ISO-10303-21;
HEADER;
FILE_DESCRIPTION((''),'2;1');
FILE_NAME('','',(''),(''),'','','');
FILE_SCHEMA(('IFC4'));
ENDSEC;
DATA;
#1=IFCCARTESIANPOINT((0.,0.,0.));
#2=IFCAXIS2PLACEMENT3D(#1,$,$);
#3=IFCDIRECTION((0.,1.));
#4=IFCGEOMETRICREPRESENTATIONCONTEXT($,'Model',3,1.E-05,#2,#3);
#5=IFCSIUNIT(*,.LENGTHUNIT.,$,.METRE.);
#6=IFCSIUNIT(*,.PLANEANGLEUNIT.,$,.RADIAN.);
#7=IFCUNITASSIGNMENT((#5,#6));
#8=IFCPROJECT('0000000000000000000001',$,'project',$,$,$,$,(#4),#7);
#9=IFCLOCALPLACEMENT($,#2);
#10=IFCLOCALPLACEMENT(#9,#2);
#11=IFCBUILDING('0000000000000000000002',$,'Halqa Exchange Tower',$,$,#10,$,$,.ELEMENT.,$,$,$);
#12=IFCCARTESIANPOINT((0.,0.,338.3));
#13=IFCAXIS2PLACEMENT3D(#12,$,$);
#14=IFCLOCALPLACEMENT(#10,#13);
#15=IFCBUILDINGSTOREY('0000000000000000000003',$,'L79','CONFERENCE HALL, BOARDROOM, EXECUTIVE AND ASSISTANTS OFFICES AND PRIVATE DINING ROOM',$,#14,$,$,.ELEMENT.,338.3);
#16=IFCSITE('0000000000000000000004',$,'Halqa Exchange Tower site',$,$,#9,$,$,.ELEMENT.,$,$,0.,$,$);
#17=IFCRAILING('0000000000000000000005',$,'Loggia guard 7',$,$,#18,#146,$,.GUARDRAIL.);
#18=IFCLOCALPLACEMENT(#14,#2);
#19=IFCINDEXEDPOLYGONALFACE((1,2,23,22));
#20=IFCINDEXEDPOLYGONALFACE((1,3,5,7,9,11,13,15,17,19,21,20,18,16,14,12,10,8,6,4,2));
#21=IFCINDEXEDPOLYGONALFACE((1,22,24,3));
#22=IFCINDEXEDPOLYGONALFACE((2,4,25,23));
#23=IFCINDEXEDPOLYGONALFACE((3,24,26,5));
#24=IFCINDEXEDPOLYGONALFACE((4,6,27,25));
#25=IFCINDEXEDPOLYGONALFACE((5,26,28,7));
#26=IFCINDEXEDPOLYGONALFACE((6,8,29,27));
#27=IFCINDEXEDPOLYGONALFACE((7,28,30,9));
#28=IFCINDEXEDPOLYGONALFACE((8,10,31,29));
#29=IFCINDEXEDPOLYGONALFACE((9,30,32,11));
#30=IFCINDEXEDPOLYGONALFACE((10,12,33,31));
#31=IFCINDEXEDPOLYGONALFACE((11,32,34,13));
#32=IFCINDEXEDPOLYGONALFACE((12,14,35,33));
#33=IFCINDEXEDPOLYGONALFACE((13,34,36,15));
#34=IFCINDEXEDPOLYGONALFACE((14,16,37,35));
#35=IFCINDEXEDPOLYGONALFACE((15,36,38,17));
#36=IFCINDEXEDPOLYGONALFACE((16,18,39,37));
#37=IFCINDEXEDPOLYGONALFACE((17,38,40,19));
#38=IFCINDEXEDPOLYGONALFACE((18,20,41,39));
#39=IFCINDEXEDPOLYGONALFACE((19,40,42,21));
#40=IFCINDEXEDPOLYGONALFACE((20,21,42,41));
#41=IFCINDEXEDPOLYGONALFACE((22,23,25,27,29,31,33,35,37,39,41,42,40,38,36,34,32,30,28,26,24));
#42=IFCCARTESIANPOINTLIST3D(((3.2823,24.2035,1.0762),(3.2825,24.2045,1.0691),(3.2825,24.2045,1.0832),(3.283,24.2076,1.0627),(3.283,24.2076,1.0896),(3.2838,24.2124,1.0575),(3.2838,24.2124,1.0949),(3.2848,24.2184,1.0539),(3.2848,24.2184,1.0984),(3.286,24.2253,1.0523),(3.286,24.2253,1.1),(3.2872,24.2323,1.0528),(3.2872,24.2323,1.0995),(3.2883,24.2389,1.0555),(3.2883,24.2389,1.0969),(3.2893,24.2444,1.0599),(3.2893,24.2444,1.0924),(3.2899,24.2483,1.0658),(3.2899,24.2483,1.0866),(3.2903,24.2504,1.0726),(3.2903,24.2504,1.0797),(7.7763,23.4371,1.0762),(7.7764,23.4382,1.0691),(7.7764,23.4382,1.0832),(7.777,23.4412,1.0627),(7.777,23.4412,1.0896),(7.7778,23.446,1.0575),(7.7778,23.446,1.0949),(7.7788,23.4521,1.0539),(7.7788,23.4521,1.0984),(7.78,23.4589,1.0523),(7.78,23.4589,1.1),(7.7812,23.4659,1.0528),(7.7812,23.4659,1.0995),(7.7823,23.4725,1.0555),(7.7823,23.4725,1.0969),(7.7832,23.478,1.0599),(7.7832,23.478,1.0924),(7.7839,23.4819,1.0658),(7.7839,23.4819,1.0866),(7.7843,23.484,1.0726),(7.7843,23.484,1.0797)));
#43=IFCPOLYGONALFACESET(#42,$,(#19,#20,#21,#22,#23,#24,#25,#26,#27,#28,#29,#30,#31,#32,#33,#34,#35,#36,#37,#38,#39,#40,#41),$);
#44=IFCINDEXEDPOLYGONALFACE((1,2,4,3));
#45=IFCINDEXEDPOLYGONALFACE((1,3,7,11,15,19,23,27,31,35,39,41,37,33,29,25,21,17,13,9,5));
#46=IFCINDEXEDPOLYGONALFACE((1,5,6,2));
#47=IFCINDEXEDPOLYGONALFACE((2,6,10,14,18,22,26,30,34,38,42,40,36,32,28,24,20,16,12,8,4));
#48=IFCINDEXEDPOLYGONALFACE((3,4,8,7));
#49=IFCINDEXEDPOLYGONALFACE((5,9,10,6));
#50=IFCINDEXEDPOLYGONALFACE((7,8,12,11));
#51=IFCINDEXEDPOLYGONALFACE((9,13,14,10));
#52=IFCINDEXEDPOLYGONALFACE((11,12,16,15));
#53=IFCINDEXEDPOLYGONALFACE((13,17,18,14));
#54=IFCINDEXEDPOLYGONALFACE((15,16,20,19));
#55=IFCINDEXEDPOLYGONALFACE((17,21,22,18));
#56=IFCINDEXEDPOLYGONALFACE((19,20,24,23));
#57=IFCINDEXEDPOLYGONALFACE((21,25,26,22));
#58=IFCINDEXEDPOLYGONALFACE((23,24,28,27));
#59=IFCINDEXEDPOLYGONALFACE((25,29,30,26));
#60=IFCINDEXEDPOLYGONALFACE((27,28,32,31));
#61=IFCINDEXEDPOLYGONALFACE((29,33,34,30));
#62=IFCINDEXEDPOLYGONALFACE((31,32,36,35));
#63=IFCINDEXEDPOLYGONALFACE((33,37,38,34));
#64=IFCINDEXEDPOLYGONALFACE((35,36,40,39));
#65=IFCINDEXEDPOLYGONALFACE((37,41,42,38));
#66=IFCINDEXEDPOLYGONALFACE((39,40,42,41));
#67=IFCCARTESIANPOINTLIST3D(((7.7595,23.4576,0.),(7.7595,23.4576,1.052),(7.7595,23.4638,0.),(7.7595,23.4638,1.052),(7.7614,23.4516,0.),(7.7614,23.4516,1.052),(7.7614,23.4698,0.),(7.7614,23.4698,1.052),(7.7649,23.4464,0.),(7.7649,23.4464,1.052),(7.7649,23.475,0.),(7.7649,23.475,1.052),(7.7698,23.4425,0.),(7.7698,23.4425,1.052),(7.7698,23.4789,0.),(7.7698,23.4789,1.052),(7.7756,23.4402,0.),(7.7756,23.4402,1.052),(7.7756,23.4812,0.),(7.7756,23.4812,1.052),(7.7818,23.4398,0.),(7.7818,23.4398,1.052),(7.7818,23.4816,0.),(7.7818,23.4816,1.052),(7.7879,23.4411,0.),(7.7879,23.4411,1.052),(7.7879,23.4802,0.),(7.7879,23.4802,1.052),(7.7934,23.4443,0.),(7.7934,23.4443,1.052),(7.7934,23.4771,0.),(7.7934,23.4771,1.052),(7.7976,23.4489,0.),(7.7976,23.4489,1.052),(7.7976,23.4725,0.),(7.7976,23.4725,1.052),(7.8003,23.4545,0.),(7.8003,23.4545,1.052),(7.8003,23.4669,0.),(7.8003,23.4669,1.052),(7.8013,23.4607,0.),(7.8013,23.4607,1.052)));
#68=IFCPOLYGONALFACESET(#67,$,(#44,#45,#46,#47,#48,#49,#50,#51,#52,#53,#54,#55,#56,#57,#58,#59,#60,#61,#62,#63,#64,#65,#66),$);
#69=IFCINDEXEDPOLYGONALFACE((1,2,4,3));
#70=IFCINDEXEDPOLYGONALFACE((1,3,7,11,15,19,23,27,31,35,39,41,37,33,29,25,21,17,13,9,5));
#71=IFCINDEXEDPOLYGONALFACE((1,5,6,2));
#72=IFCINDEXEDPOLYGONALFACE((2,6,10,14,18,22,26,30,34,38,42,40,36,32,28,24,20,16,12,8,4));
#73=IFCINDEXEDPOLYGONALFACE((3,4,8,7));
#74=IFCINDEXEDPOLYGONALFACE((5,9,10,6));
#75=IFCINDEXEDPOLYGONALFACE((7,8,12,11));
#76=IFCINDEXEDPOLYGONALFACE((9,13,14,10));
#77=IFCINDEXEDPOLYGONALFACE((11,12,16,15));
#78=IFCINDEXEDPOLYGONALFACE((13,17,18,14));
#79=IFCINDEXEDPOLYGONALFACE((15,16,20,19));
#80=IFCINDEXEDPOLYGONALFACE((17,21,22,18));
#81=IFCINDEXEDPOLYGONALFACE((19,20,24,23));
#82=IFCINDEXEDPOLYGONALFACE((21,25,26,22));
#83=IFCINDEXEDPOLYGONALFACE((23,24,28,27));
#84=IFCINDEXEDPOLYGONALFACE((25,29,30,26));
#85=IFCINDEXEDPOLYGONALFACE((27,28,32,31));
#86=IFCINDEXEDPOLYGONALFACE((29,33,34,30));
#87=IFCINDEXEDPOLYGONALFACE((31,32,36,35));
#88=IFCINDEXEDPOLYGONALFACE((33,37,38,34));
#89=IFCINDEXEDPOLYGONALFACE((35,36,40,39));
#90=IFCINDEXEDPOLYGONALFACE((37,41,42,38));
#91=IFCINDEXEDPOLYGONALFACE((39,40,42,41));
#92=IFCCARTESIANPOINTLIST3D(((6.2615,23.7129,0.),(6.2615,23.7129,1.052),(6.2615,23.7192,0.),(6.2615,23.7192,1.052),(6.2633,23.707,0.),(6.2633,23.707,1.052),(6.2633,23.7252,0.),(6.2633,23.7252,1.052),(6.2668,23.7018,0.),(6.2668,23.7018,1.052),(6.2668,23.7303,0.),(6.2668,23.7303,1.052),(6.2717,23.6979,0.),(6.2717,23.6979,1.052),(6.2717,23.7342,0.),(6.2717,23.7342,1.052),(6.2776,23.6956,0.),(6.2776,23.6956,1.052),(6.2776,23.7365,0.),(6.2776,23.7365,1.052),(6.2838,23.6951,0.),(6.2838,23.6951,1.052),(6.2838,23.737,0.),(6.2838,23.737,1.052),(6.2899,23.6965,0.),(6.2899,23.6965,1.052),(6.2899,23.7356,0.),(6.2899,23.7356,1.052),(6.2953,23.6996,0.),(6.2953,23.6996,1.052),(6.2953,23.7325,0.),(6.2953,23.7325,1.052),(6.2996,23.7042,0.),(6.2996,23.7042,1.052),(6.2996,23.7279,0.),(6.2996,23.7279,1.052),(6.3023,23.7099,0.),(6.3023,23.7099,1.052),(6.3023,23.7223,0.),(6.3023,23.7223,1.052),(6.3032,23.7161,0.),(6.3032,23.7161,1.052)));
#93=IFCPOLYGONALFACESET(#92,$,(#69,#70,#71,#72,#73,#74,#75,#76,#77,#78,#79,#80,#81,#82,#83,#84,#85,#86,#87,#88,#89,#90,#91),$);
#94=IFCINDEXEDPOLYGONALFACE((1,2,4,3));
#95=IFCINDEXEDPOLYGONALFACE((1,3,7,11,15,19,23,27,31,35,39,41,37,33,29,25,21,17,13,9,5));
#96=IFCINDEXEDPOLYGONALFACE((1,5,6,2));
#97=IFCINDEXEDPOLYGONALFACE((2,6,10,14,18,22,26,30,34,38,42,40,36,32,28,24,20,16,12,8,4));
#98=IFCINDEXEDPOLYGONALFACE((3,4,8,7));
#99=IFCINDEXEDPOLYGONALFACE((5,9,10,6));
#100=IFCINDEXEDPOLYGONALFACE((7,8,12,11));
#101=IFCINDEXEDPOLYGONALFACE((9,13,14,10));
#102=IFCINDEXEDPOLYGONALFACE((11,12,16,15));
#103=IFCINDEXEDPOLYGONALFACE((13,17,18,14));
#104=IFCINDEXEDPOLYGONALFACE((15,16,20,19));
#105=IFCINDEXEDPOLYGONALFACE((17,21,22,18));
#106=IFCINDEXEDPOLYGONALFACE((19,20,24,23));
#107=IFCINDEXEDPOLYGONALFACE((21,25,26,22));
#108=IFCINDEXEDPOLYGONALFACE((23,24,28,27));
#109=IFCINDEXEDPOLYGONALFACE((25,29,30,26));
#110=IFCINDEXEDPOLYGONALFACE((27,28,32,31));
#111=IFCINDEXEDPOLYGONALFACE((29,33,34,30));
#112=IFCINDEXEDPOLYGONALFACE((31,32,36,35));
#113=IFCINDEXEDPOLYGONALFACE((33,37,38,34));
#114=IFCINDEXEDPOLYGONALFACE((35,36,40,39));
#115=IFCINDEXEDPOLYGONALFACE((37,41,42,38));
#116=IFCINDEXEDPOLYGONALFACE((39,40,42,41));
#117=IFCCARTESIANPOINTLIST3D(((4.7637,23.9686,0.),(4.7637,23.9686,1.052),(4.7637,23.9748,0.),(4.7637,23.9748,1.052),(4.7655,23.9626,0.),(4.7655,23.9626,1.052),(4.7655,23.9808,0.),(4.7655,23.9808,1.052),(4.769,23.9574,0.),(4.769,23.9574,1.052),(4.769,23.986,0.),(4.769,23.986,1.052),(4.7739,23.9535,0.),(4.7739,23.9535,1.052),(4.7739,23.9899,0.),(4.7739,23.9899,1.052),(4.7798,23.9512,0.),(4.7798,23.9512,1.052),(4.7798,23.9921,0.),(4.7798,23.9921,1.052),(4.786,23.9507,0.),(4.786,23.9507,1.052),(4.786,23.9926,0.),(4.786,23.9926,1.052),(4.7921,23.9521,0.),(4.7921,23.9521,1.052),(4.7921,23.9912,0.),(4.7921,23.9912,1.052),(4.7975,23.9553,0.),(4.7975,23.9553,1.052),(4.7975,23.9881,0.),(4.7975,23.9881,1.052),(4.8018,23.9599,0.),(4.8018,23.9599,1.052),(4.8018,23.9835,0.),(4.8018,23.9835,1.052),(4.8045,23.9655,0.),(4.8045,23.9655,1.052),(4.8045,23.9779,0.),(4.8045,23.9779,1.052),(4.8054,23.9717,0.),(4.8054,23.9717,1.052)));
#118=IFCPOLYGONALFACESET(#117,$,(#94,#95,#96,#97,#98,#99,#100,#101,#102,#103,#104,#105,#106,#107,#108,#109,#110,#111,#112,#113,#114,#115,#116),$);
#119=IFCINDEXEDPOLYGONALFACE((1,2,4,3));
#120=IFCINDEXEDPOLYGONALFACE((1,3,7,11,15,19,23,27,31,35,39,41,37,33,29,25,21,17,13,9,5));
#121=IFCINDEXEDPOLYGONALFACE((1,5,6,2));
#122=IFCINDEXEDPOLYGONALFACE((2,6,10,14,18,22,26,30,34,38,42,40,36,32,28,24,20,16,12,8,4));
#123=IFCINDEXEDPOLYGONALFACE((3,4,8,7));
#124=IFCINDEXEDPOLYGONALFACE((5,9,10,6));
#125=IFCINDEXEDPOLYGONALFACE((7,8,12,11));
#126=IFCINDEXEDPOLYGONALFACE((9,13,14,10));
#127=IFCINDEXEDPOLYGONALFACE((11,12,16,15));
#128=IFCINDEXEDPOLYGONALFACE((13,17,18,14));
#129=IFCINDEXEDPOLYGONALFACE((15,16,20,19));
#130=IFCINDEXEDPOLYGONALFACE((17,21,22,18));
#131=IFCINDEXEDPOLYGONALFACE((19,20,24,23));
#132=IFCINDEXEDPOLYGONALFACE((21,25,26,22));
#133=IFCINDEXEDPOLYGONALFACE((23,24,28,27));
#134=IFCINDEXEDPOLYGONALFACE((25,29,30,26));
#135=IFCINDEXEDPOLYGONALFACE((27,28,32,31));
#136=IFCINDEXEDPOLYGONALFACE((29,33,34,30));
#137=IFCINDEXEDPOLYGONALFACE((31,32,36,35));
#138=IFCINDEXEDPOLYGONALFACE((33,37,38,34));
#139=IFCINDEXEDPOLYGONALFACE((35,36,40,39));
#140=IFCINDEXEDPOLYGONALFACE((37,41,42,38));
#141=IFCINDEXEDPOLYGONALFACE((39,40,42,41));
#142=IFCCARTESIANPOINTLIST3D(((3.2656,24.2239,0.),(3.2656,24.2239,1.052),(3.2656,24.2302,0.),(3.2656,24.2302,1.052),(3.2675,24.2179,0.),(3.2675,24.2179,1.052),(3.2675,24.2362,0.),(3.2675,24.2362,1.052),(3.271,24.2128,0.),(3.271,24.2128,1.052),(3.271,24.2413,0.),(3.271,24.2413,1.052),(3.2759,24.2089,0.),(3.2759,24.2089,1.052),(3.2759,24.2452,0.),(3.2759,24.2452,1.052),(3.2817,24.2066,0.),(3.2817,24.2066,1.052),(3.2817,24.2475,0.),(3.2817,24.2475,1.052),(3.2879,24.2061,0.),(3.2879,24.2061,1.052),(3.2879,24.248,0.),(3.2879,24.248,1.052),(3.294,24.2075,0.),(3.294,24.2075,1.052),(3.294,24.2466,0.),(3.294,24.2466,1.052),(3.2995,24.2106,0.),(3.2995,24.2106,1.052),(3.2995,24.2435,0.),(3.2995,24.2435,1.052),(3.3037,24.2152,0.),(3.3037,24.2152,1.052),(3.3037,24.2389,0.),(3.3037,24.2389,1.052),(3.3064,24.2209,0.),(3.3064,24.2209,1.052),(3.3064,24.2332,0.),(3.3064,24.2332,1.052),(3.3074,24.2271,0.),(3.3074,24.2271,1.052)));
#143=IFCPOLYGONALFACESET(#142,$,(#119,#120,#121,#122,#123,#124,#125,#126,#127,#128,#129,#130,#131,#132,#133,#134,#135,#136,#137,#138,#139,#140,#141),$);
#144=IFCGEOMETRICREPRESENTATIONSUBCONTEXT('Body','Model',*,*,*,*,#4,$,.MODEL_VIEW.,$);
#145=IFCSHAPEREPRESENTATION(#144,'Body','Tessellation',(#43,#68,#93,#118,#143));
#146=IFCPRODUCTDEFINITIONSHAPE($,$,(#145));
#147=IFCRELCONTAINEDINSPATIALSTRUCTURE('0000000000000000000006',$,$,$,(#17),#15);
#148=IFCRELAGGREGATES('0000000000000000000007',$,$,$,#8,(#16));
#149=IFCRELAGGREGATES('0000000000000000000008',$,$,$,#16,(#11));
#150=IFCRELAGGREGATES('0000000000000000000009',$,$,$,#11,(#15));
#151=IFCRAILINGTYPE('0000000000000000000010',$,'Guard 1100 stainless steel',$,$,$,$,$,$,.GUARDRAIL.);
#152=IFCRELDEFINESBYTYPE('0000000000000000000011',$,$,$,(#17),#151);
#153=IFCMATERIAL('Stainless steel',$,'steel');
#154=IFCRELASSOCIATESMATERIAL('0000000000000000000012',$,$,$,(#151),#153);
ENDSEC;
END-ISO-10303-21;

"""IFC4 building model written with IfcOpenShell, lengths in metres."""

from ifc_helpers import new_model, si_unit, direction, frame, origin, origin_2d, place, context, subcontext, project, spatial, circle, extrude, material, type_object, element, save


model = new_model("IFC4")

# Units and contexts
model_context = context("Model", 3, precision=1e-05, world=origin(), true_north=direction((0.0, 1.0)))
body_context = subcontext(model_context, "Body", "Model", "MODEL_VIEW")
ifc_project = project(units=[si_unit("LENGTHUNIT", "METRE"), si_unit("PLANEANGLEUNIT", "RADIAN")], contexts=[model_context])

# Site, building, storey
site_placement = place(None, origin())
site = spatial("IfcSite", under=ifc_project, at=site_placement, Name="Halqa Exchange Tower site", CompositionType="ELEMENT", RefElevation=0.0)
building_placement = place(site_placement, origin())
building = spatial("IfcBuilding", under=site, at=building_placement, Name="Halqa Exchange Tower", CompositionType="ELEMENT")
storey_placement = place(building_placement, frame((0.0, 0.0, 338.3)))
storey = spatial("IfcBuildingStorey", under=building, at=storey_placement, Name="L79", Description="CONFERENCE HALL, BOARDROOM, EXECUTIVE AND ASSISTANTS OFFICES AND PRIVATE DINING ROOM", CompositionType="ELEMENT", Elevation=338.3)

# Railing
ifc_material_1 = material(Name="Stainless steel", Category="steel")
railing_type = type_object("IfcRailingType", Name="Guard 1100 stainless steel", PredefinedType="GUARDRAIL", material=ifc_material_1)
railing_1_placement = place(storey_placement, frame((7.7803, 23.4607, 0.0)))
element("IfcRailing", 1, at=railing_1_placement, inside=storey, type_object=railing_type, Name="Loggia guard 7", PredefinedType="GUARDRAIL", context=body_context, shape_type="SweptSolid", body=[
    extrude(circle(Radius=0.0239, at=origin_2d()), frame((0.0, 0.0, 1.0762), z_axis=(-0.985769, 0.168106, 0.0), x_axis=(-0.168106, -0.985769, 0.0)), (0.0, 0.0, 1.0), 4.5588),
    extrude(circle(Radius=0.021, at=origin_2d()), origin(), (0.0, 0.0, 1.0), 1.052),
    extrude(circle(Radius=0.021, at=origin_2d()), frame((-1.498, 0.2554, 0.0)), (0.0, 0.0, 1.0), 1.052),
    extrude(circle(Radius=0.021, at=origin_2d()), frame((-2.9958, 0.511, 0.0)), (0.0, 0.0, 1.0), 1.052),
    extrude(circle(Radius=0.021, at=origin_2d()), frame((-4.4939, 0.7664, 0.0)), (0.0, 0.0, 1.0), 1.052),
])

save(model, "model.ifc")
